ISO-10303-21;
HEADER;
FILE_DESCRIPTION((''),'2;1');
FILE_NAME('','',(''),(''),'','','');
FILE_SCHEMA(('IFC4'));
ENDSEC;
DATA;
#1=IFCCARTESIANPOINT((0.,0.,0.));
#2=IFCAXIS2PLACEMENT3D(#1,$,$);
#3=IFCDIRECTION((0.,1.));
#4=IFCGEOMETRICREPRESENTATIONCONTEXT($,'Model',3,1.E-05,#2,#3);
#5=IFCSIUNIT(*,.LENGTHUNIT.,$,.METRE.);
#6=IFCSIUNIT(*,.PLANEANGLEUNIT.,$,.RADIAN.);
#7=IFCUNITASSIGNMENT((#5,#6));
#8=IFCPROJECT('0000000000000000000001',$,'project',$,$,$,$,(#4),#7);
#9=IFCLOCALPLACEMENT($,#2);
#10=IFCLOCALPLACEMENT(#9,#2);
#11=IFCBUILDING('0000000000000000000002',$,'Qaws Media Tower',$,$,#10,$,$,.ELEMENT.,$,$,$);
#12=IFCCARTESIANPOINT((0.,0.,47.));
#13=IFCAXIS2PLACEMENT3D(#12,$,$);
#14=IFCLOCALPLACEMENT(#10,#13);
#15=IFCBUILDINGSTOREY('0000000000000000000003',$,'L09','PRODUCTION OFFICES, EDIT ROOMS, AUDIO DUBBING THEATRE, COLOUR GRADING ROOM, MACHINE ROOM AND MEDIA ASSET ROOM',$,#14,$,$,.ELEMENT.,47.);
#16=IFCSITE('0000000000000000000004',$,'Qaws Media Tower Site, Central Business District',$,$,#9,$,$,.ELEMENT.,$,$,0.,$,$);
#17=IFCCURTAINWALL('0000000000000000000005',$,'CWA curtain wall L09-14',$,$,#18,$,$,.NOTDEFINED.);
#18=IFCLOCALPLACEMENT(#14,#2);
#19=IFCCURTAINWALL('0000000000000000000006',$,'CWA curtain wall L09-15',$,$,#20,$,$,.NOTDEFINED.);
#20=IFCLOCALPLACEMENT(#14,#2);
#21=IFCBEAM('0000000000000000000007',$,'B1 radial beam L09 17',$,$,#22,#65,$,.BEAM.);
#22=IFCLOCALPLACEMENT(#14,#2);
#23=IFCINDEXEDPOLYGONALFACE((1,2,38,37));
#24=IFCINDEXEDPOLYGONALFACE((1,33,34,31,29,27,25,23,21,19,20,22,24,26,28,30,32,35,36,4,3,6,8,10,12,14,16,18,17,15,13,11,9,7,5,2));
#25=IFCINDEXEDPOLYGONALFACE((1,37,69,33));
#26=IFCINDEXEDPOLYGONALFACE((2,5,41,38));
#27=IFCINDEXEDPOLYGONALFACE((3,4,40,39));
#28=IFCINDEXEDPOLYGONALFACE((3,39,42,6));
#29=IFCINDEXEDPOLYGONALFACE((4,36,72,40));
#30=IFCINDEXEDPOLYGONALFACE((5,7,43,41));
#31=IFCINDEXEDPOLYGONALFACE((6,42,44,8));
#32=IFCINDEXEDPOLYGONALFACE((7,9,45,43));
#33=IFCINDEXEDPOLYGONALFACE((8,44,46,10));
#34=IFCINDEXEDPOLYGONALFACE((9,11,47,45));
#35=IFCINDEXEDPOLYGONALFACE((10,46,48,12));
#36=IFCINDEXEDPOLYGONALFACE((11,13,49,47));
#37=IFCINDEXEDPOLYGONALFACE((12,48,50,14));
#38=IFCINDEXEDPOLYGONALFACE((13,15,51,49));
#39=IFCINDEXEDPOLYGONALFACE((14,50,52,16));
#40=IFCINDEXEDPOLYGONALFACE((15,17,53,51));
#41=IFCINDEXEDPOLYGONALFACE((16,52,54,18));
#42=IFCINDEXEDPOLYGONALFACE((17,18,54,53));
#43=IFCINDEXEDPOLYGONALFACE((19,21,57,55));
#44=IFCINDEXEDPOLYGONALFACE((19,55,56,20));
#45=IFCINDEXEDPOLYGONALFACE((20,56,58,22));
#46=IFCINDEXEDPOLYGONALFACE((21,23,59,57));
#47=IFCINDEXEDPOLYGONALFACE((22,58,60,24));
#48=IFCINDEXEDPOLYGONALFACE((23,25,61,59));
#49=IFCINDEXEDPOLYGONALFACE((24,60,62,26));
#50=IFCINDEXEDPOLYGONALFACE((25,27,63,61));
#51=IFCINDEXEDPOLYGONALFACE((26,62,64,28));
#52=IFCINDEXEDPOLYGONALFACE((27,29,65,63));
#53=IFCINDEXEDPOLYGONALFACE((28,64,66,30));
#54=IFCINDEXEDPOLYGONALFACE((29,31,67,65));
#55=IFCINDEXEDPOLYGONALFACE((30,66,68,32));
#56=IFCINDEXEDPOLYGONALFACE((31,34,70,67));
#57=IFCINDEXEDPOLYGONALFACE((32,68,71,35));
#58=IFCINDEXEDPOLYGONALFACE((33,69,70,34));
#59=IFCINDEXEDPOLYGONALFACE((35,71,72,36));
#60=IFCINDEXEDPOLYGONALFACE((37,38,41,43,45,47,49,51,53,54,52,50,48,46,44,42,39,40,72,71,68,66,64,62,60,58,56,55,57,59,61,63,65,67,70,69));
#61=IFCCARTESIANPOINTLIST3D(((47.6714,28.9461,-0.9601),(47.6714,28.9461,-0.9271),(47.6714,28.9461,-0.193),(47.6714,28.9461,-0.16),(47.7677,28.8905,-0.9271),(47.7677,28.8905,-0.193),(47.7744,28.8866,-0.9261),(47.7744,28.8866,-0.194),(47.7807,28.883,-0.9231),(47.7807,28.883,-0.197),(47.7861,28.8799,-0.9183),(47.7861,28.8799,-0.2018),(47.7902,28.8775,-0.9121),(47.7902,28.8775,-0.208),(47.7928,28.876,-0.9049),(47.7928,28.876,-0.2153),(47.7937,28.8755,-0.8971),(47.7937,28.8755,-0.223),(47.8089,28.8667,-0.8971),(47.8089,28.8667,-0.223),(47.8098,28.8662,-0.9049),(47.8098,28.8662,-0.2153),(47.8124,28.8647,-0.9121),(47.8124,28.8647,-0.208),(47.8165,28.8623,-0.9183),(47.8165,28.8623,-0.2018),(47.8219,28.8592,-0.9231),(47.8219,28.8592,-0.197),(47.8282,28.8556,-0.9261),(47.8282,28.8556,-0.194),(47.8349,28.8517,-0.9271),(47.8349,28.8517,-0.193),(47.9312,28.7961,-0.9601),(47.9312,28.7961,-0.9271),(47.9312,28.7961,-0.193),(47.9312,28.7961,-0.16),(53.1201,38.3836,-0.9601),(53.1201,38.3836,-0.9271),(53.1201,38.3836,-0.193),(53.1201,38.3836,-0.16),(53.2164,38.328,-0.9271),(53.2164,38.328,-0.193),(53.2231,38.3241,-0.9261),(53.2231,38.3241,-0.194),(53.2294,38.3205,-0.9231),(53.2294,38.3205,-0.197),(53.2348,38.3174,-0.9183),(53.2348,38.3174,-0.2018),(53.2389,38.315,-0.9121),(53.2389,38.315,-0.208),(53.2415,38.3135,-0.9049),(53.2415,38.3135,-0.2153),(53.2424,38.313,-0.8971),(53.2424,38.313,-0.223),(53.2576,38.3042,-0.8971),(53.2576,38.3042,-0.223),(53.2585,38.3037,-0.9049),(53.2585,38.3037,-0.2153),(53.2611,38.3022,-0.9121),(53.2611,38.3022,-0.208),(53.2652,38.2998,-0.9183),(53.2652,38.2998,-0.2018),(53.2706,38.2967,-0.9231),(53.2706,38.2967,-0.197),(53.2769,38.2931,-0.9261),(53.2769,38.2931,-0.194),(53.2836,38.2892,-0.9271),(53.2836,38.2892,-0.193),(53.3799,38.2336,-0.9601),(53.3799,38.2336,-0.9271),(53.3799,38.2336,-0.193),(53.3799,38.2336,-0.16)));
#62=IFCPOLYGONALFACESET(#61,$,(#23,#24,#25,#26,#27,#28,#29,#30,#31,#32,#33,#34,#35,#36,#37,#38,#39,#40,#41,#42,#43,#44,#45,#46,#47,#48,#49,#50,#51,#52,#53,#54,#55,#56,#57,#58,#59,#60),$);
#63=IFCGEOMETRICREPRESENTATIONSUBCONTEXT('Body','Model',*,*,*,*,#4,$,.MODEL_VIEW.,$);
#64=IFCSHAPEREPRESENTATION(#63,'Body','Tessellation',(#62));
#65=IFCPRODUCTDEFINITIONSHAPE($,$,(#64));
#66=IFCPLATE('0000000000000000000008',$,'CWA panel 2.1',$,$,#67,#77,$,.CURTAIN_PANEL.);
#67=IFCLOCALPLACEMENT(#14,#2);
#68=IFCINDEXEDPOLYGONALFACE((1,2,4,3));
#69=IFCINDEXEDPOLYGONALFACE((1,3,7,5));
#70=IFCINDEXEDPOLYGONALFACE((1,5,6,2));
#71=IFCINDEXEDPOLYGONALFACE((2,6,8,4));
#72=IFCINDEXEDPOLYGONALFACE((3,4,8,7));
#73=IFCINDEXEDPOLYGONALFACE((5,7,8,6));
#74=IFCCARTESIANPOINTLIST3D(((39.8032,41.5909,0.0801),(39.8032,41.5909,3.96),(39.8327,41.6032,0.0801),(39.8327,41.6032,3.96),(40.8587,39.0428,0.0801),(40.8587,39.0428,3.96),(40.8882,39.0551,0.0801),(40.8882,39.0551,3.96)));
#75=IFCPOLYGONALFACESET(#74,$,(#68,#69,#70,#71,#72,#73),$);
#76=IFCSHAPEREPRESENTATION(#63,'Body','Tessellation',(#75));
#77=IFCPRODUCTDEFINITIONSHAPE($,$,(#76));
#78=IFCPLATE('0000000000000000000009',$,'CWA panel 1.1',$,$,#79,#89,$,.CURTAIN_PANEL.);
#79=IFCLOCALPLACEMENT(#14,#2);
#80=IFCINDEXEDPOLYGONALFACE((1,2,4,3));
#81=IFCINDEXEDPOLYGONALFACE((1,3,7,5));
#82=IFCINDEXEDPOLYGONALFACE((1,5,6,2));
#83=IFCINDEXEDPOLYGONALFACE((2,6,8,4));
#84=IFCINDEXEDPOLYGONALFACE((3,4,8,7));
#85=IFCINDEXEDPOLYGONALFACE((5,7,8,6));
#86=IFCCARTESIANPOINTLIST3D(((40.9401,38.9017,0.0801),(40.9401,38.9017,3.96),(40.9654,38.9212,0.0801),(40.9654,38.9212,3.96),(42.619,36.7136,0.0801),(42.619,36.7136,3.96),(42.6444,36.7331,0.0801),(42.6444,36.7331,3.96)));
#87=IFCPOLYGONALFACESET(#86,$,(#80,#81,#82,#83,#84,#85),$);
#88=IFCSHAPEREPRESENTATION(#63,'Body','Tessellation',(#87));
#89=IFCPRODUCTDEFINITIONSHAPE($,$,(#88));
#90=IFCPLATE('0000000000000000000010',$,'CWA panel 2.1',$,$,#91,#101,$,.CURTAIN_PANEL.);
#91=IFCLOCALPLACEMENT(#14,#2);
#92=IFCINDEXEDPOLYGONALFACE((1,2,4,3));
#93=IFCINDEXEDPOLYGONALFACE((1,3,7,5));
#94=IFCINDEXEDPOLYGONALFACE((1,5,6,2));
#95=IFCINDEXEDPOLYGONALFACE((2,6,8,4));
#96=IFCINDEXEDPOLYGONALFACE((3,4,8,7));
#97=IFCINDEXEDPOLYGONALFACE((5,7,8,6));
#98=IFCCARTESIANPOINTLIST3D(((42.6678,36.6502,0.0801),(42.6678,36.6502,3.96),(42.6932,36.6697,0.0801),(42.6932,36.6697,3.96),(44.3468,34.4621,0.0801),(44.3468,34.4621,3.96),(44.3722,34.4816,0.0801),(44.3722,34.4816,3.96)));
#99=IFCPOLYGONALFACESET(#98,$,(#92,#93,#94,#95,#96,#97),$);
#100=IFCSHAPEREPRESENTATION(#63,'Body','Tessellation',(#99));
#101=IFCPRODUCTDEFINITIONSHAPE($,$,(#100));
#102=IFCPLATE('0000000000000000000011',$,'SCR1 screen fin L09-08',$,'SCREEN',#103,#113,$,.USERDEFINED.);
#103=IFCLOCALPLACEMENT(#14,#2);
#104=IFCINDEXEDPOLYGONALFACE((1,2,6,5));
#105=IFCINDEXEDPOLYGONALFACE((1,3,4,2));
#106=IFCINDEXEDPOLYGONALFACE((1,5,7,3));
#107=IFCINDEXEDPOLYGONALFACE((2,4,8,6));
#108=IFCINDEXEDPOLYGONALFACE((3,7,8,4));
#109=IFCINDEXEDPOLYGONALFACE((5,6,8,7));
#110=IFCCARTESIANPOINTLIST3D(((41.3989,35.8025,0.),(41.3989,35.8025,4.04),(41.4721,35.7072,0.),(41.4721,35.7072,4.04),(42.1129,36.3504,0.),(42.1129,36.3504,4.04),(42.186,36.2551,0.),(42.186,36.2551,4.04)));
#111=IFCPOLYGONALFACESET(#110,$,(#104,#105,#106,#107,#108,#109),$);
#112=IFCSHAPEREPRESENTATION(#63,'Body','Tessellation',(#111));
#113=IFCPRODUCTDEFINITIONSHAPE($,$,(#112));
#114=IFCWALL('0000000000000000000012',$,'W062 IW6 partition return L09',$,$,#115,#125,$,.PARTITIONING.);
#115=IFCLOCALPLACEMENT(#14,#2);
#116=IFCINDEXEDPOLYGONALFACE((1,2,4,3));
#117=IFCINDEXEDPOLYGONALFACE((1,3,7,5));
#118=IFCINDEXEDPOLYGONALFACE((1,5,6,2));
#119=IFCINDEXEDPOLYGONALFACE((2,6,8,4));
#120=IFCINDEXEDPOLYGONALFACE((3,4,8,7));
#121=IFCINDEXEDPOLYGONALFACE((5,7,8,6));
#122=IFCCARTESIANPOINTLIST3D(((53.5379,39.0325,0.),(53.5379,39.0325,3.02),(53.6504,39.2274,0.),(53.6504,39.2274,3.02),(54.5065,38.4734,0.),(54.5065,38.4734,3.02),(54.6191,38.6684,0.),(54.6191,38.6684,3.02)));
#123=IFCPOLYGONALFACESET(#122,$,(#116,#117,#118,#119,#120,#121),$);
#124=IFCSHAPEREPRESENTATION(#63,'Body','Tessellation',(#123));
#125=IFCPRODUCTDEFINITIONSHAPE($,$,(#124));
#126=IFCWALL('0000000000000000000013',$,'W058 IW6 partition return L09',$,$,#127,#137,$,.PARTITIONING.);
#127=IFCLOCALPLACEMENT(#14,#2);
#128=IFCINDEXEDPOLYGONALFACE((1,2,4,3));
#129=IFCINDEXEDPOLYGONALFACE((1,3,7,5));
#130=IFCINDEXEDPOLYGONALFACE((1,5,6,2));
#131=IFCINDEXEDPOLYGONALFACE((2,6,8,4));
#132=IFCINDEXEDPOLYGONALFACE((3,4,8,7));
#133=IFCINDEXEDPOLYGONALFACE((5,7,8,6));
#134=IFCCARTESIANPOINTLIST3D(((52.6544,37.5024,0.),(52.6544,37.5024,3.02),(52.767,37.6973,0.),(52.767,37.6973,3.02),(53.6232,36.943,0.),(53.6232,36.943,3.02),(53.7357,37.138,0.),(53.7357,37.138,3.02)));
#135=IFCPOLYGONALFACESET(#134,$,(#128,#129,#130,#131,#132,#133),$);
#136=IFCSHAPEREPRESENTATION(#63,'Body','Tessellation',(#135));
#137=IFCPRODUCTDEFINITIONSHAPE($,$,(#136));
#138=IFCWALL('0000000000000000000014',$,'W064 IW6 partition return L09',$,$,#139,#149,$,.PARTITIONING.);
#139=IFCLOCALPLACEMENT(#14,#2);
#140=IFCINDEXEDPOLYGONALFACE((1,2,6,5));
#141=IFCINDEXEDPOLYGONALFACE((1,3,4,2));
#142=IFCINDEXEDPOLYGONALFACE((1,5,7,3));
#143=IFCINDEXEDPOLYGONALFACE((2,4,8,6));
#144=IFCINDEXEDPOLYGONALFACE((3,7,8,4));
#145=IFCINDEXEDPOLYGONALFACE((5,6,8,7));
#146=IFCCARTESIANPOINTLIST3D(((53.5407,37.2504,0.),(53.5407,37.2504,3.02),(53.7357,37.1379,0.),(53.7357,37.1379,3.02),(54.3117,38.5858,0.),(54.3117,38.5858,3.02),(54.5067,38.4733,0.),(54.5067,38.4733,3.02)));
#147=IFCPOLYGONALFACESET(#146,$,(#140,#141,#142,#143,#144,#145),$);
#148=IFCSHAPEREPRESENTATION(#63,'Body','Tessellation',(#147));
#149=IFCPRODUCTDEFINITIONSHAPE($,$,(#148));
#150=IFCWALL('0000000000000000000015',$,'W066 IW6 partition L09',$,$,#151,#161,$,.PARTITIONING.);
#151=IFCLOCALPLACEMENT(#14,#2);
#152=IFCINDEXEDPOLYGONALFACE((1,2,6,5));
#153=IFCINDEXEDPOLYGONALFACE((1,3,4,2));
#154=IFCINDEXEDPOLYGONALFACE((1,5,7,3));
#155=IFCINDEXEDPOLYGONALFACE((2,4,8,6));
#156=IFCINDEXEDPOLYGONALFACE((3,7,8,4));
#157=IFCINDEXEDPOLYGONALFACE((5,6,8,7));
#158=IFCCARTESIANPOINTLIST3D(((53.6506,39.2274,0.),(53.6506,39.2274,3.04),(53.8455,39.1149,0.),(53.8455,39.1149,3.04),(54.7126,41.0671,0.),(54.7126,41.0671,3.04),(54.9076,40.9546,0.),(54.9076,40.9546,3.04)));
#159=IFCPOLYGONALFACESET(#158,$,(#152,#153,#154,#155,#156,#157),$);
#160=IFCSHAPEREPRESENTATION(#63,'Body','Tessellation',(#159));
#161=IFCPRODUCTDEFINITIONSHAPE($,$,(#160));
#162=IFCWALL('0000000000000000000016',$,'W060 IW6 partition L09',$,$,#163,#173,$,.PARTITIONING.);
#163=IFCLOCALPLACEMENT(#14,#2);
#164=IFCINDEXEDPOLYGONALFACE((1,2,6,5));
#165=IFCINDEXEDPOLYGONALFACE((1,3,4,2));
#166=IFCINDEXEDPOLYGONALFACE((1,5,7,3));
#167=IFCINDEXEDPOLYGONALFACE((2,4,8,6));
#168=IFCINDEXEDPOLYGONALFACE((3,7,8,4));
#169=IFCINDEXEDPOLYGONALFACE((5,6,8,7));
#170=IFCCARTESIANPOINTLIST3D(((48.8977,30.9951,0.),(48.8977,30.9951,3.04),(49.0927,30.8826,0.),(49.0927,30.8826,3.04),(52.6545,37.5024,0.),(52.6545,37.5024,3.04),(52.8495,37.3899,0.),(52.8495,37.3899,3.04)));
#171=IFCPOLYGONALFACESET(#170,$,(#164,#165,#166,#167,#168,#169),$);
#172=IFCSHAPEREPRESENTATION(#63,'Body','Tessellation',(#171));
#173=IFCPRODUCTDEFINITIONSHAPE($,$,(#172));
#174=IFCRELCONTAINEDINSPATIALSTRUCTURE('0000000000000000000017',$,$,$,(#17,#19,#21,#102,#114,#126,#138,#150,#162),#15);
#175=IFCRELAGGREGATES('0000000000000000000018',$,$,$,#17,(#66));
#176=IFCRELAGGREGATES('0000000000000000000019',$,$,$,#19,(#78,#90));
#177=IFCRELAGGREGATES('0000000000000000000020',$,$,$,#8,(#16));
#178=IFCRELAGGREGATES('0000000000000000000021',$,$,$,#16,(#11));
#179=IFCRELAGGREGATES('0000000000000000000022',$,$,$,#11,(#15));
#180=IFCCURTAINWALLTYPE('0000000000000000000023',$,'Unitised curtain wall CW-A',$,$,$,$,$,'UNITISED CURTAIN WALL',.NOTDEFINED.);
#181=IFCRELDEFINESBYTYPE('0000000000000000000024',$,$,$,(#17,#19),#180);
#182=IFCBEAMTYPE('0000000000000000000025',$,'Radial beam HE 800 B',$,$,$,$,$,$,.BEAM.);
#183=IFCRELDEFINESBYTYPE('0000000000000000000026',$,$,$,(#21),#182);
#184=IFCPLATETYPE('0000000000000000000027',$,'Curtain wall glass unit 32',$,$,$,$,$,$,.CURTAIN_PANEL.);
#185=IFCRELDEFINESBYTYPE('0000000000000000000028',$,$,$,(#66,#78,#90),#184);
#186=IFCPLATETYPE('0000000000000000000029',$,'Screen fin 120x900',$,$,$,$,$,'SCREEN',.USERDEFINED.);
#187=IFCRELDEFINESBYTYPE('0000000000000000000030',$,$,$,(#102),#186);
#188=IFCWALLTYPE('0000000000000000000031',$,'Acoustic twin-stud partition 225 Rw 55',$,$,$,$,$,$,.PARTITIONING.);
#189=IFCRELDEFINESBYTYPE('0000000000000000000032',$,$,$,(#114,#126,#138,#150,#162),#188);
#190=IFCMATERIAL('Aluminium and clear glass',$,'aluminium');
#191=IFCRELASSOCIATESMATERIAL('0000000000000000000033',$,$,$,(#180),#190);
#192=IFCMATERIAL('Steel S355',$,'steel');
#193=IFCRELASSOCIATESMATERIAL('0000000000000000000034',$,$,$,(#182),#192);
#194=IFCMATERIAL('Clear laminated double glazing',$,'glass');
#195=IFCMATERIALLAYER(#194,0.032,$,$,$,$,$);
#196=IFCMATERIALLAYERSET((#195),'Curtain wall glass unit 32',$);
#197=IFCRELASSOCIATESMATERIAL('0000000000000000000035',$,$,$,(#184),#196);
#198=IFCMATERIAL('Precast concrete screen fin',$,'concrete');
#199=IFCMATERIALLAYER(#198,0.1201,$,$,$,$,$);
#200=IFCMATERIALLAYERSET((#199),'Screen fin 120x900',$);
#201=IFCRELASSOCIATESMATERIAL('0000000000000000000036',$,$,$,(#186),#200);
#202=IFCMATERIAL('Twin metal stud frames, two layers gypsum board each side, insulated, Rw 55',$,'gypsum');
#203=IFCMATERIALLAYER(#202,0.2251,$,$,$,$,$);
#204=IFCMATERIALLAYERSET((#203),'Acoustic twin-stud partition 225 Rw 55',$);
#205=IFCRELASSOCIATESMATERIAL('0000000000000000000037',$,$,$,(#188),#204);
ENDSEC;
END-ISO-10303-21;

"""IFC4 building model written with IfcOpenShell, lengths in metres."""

from ifc_helpers import new_model, si_unit, direction, frame, frame_2d, origin, origin_2d, place, context, subcontext, project, spatial, rectangle, i_section, extrude, material, layer, layer_set, material_profile, profile_set, type_object, element, aggregate, save


model = new_model("IFC4")

# Units and contexts
model_context = context("Model", 3, precision=1e-05, world=origin(), true_north=direction((0.0, 1.0)))
body_context = subcontext(model_context, "Body", "Model", "MODEL_VIEW")
ifc_project = project(units=[si_unit("LENGTHUNIT", "METRE"), si_unit("PLANEANGLEUNIT", "RADIAN")], contexts=[model_context])

# Site, building, storey
site_placement = place(None, origin())
site = spatial("IfcSite", under=ifc_project, at=site_placement, Name="Qaws Media Tower Site, Central Business District", CompositionType="ELEMENT", RefElevation=0.0)
building_placement = place(site_placement, origin())
building = spatial("IfcBuilding", under=site, at=building_placement, Name="Qaws Media Tower", CompositionType="ELEMENT")
storey_placement = place(building_placement, frame((0.0, 0.0, 47.0)))
storey = spatial("IfcBuildingStorey", under=building, at=storey_placement, Name="L09", Description="PRODUCTION OFFICES, EDIT ROOMS, AUDIO DUBBING THEATRE, COLOUR GRADING ROOM, MACHINE ROOM AND MEDIA ASSET ROOM", CompositionType="ELEMENT", Elevation=47.0)

# Curtain wall
ifc_material_1 = material(Name="Aluminium and clear glass", Category="aluminium")
curtain_wall_type = type_object("IfcCurtainWallType", Name="Unitised curtain wall CW-A", ElementType="UNITISED CURTAIN WALL", PredefinedType="NOTDEFINED", material=ifc_material_1)
curtain_wall_1_placement = place(storey_placement, origin())
curtain_wall_1 = element("IfcCurtainWall", 1, at=curtain_wall_1_placement, inside=storey, type_object=curtain_wall_type, Name="CWA curtain wall L09-14", PredefinedType="NOTDEFINED")

# Curtain wall
curtain_wall_2_placement = place(storey_placement, origin())
curtain_wall_2 = element("IfcCurtainWall", 2, at=curtain_wall_2_placement, inside=storey, type_object=curtain_wall_type, Name="CWA curtain wall L09-15", PredefinedType="NOTDEFINED")

# Beam
ifc_material_2 = material(Name="Steel S355", Category="steel")
ifc_material_profile_1 = material_profile(ifc_material_2, i_section(OverallWidth=0.3, OverallDepth=0.8, WebThickness=0.0176, FlangeThickness=0.033, FilletRadius=0.03, at=origin_2d()), Name="HE 800 B")
ifc_profile_set_1 = profile_set([ifc_material_profile_1], Name="Steel S355")
beam_type_1 = type_object("IfcBeamType", Name="Radial beam HE 800 B", PredefinedType="BEAM", material=ifc_profile_set_1)
beam_1_placement = place(storey_placement, frame((53.25, 38.3086, -0.5601), z_axis=(-0.499999, -0.866026, 0.0), x_axis=(0.866026, -0.499999, 0.0)))
element("IfcBeam", 3, at=beam_1_placement, inside=storey, type_object=beam_type_1, Name="B1 radial beam L09 17", PredefinedType="BEAM", context=body_context, shape_type="SweptSolid", body=[
    extrude(i_section(OverallWidth=0.3, OverallDepth=0.8, WebThickness=0.0176, FlangeThickness=0.033, FilletRadius=0.03, at=origin_2d()), origin(), (0.0, 0.0, 1.0), 10.8975),
])

# Plates
ifc_material_3 = material(Name="Clear laminated double glazing", Category="glass")
ifc_layer_1 = layer(ifc_material_3, 0.032)
ifc_layer_set_1 = layer_set([ifc_layer_1], Name="Curtain wall glass unit 32")
plate_type_1 = type_object("IfcPlateType", Name="Curtain wall glass unit 32", PredefinedType="CURTAIN_PANEL", material=ifc_layer_set_1)
plate_1_placement = place(storey_placement, frame((40.3457, 40.323, 0.0801), z_axis=(0.0, 0.0, 1.0), x_axis=(0.382683, -0.92388, 0.0)))
plate_1 = element("IfcPlate", 4, at=plate_1_placement, type_object=plate_type_1, Name="CWA panel 2.1", PredefinedType="CURTAIN_PANEL", context=body_context, shape_type="SweptSolid", body=[
    extrude(rectangle(XDim=2.7581, YDim=0.032, at=origin_2d()), origin(), (0.0, 0.0, 1.0), 3.8799),
])
aggregate(curtain_wall_1, [plate_1])
plate_2_placement = place(storey_placement, frame((41.7922, 37.8174, 0.0801), z_axis=(0.0, 0.0, 1.0), x_axis=(0.608761, -0.793353, 0.0)))
plate_2 = element("IfcPlate", 5, at=plate_2_placement, type_object=plate_type_1, Name="CWA panel 1.1", PredefinedType="CURTAIN_PANEL", context=body_context, shape_type="SweptSolid", body=[
    extrude(rectangle(XDim=2.7581, YDim=0.032, at=origin_2d()), origin(), (0.0, 0.0, 1.0), 3.8799),
])
plate_3_placement = place(storey_placement, frame((43.52, 35.5659, 0.0801), z_axis=(0.0, 0.0, 1.0), x_axis=(0.608761, -0.793353, 0.0)))
plate_3 = element("IfcPlate", 6, at=plate_3_placement, type_object=plate_type_1, Name="CWA panel 2.1", PredefinedType="CURTAIN_PANEL", context=body_context, shape_type="SweptSolid", body=[
    extrude(rectangle(XDim=2.7581, YDim=0.032, at=origin_2d()), origin(), (0.0, 0.0, 1.0), 3.8799),
])
aggregate(curtain_wall_2, [plate_2, plate_3])
ifc_material_4 = material(Name="Precast concrete screen fin", Category="concrete")
ifc_layer_2 = layer(ifc_material_4, 0.1201)
ifc_layer_set_2 = layer_set([ifc_layer_2], Name="Screen fin 120x900")
plate_type_2 = type_object("IfcPlateType", Name="Screen fin 120x900", ElementType="SCREEN", PredefinedType="USERDEFINED", material=ifc_layer_set_2)
plate_4_placement = place(storey_placement, frame((41.7925, 36.0288, 0.0), z_axis=(0.0, 0.0, 1.0), x_axis=(-0.793353, -0.608761, 0.0)))
element("IfcPlate", 7, at=plate_4_placement, inside=storey, type_object=plate_type_2, Name="SCR1 screen fin L09-08", ObjectType="SCREEN", PredefinedType="USERDEFINED", context=body_context, shape_type="SweptSolid", body=[
    extrude(rectangle(XDim=0.8999, YDim=0.1201, at=origin_2d()), origin(), (0.0, 0.0, 1.0), 4.04),
])

# Walls
ifc_material_5 = material(Name="Twin metal stud frames, two layers gypsum board each side, insulated, Rw 55", Category="gypsum")
ifc_layer_3 = layer(ifc_material_5, 0.2251)
ifc_layer_set_3 = layer_set([ifc_layer_3], Name="Acoustic twin-stud partition 225 Rw 55")
wall_type_1 = type_object("IfcWallType", Name="Acoustic twin-stud partition 225 Rw 55", PredefinedType="PARTITIONING", material=ifc_layer_set_3)
wall_1_placement = place(storey_placement, frame((53.5942, 39.1299, 0.0), z_axis=(0.0, 0.0, 1.0), x_axis=(0.866113, -0.499848, 0.0)))
element("IfcWall", 8, at=wall_1_placement, inside=storey, type_object=wall_type_1, Name="W062 IW6 partition return L09", PredefinedType="PARTITIONING", context=body_context, shape_type="SweptSolid", body=[
    extrude(rectangle(XDim=1.1184, YDim=0.2251, at=frame_2d((0.5591, 0.0))), origin(), (0.0, 0.0, 1.0), 3.02),
])
wall_2_placement = place(storey_placement, frame((52.7107, 37.5999, 0.0), z_axis=(0.0, 0.0, 1.0), x_axis=(0.866018, -0.500012, 0.0)))
element("IfcWall", 9, at=wall_2_placement, inside=storey, type_object=wall_type_1, Name="W058 IW6 partition return L09", PredefinedType="PARTITIONING", context=body_context, shape_type="SweptSolid", body=[
    extrude(rectangle(XDim=1.1187, YDim=0.2251, at=frame_2d((0.5593, 0.0))), origin(), (0.0, 0.0, 1.0), 3.02),
])
wall_3_placement = place(storey_placement, frame((54.4092, 38.5295, 0.0), z_axis=(0.0, 0.0, 1.0), x_axis=(-0.499987, -0.866033, 0.0)))
element("IfcWall", 10, at=wall_3_placement, inside=storey, type_object=wall_type_1, Name="W064 IW6 partition return L09", PredefinedType="PARTITIONING", context=body_context, shape_type="SweptSolid", body=[
    extrude(rectangle(XDim=1.542, YDim=0.2251, at=frame_2d((0.771, 0.0))), origin(), (0.0, 0.0, 1.0), 3.02),
])
wall_4_placement = place(storey_placement, frame((54.8101, 41.0107, 0.0), z_axis=(0.0, 0.0, 1.0), x_axis=(-0.499971, -0.866042, 0.0)))
element("IfcWall", 11, at=wall_4_placement, inside=storey, type_object=wall_type_1, Name="W066 IW6 partition L09", PredefinedType="PARTITIONING", context=body_context, shape_type="SweptSolid", body=[
    extrude(rectangle(XDim=2.1243, YDim=0.2251, at=frame_2d((1.062, 0.0))), origin(), (0.0, 0.0, 1.0), 3.04),
])
wall_5_placement = place(storey_placement, frame((52.752, 37.446, 0.0), z_axis=(0.0, 0.0, 1.0), x_axis=(-0.499983, -0.866035, 0.0)))
element("IfcWall", 12, at=wall_5_placement, inside=storey, type_object=wall_type_1, Name="W060 IW6 partition L09", PredefinedType="PARTITIONING", context=body_context, shape_type="SweptSolid", body=[
    extrude(rectangle(XDim=7.5139, YDim=0.2251, at=frame_2d((3.7568, 0.0))), origin(), (0.0, 0.0, 1.0), 3.04),
])

save(model, "model.ifc")
